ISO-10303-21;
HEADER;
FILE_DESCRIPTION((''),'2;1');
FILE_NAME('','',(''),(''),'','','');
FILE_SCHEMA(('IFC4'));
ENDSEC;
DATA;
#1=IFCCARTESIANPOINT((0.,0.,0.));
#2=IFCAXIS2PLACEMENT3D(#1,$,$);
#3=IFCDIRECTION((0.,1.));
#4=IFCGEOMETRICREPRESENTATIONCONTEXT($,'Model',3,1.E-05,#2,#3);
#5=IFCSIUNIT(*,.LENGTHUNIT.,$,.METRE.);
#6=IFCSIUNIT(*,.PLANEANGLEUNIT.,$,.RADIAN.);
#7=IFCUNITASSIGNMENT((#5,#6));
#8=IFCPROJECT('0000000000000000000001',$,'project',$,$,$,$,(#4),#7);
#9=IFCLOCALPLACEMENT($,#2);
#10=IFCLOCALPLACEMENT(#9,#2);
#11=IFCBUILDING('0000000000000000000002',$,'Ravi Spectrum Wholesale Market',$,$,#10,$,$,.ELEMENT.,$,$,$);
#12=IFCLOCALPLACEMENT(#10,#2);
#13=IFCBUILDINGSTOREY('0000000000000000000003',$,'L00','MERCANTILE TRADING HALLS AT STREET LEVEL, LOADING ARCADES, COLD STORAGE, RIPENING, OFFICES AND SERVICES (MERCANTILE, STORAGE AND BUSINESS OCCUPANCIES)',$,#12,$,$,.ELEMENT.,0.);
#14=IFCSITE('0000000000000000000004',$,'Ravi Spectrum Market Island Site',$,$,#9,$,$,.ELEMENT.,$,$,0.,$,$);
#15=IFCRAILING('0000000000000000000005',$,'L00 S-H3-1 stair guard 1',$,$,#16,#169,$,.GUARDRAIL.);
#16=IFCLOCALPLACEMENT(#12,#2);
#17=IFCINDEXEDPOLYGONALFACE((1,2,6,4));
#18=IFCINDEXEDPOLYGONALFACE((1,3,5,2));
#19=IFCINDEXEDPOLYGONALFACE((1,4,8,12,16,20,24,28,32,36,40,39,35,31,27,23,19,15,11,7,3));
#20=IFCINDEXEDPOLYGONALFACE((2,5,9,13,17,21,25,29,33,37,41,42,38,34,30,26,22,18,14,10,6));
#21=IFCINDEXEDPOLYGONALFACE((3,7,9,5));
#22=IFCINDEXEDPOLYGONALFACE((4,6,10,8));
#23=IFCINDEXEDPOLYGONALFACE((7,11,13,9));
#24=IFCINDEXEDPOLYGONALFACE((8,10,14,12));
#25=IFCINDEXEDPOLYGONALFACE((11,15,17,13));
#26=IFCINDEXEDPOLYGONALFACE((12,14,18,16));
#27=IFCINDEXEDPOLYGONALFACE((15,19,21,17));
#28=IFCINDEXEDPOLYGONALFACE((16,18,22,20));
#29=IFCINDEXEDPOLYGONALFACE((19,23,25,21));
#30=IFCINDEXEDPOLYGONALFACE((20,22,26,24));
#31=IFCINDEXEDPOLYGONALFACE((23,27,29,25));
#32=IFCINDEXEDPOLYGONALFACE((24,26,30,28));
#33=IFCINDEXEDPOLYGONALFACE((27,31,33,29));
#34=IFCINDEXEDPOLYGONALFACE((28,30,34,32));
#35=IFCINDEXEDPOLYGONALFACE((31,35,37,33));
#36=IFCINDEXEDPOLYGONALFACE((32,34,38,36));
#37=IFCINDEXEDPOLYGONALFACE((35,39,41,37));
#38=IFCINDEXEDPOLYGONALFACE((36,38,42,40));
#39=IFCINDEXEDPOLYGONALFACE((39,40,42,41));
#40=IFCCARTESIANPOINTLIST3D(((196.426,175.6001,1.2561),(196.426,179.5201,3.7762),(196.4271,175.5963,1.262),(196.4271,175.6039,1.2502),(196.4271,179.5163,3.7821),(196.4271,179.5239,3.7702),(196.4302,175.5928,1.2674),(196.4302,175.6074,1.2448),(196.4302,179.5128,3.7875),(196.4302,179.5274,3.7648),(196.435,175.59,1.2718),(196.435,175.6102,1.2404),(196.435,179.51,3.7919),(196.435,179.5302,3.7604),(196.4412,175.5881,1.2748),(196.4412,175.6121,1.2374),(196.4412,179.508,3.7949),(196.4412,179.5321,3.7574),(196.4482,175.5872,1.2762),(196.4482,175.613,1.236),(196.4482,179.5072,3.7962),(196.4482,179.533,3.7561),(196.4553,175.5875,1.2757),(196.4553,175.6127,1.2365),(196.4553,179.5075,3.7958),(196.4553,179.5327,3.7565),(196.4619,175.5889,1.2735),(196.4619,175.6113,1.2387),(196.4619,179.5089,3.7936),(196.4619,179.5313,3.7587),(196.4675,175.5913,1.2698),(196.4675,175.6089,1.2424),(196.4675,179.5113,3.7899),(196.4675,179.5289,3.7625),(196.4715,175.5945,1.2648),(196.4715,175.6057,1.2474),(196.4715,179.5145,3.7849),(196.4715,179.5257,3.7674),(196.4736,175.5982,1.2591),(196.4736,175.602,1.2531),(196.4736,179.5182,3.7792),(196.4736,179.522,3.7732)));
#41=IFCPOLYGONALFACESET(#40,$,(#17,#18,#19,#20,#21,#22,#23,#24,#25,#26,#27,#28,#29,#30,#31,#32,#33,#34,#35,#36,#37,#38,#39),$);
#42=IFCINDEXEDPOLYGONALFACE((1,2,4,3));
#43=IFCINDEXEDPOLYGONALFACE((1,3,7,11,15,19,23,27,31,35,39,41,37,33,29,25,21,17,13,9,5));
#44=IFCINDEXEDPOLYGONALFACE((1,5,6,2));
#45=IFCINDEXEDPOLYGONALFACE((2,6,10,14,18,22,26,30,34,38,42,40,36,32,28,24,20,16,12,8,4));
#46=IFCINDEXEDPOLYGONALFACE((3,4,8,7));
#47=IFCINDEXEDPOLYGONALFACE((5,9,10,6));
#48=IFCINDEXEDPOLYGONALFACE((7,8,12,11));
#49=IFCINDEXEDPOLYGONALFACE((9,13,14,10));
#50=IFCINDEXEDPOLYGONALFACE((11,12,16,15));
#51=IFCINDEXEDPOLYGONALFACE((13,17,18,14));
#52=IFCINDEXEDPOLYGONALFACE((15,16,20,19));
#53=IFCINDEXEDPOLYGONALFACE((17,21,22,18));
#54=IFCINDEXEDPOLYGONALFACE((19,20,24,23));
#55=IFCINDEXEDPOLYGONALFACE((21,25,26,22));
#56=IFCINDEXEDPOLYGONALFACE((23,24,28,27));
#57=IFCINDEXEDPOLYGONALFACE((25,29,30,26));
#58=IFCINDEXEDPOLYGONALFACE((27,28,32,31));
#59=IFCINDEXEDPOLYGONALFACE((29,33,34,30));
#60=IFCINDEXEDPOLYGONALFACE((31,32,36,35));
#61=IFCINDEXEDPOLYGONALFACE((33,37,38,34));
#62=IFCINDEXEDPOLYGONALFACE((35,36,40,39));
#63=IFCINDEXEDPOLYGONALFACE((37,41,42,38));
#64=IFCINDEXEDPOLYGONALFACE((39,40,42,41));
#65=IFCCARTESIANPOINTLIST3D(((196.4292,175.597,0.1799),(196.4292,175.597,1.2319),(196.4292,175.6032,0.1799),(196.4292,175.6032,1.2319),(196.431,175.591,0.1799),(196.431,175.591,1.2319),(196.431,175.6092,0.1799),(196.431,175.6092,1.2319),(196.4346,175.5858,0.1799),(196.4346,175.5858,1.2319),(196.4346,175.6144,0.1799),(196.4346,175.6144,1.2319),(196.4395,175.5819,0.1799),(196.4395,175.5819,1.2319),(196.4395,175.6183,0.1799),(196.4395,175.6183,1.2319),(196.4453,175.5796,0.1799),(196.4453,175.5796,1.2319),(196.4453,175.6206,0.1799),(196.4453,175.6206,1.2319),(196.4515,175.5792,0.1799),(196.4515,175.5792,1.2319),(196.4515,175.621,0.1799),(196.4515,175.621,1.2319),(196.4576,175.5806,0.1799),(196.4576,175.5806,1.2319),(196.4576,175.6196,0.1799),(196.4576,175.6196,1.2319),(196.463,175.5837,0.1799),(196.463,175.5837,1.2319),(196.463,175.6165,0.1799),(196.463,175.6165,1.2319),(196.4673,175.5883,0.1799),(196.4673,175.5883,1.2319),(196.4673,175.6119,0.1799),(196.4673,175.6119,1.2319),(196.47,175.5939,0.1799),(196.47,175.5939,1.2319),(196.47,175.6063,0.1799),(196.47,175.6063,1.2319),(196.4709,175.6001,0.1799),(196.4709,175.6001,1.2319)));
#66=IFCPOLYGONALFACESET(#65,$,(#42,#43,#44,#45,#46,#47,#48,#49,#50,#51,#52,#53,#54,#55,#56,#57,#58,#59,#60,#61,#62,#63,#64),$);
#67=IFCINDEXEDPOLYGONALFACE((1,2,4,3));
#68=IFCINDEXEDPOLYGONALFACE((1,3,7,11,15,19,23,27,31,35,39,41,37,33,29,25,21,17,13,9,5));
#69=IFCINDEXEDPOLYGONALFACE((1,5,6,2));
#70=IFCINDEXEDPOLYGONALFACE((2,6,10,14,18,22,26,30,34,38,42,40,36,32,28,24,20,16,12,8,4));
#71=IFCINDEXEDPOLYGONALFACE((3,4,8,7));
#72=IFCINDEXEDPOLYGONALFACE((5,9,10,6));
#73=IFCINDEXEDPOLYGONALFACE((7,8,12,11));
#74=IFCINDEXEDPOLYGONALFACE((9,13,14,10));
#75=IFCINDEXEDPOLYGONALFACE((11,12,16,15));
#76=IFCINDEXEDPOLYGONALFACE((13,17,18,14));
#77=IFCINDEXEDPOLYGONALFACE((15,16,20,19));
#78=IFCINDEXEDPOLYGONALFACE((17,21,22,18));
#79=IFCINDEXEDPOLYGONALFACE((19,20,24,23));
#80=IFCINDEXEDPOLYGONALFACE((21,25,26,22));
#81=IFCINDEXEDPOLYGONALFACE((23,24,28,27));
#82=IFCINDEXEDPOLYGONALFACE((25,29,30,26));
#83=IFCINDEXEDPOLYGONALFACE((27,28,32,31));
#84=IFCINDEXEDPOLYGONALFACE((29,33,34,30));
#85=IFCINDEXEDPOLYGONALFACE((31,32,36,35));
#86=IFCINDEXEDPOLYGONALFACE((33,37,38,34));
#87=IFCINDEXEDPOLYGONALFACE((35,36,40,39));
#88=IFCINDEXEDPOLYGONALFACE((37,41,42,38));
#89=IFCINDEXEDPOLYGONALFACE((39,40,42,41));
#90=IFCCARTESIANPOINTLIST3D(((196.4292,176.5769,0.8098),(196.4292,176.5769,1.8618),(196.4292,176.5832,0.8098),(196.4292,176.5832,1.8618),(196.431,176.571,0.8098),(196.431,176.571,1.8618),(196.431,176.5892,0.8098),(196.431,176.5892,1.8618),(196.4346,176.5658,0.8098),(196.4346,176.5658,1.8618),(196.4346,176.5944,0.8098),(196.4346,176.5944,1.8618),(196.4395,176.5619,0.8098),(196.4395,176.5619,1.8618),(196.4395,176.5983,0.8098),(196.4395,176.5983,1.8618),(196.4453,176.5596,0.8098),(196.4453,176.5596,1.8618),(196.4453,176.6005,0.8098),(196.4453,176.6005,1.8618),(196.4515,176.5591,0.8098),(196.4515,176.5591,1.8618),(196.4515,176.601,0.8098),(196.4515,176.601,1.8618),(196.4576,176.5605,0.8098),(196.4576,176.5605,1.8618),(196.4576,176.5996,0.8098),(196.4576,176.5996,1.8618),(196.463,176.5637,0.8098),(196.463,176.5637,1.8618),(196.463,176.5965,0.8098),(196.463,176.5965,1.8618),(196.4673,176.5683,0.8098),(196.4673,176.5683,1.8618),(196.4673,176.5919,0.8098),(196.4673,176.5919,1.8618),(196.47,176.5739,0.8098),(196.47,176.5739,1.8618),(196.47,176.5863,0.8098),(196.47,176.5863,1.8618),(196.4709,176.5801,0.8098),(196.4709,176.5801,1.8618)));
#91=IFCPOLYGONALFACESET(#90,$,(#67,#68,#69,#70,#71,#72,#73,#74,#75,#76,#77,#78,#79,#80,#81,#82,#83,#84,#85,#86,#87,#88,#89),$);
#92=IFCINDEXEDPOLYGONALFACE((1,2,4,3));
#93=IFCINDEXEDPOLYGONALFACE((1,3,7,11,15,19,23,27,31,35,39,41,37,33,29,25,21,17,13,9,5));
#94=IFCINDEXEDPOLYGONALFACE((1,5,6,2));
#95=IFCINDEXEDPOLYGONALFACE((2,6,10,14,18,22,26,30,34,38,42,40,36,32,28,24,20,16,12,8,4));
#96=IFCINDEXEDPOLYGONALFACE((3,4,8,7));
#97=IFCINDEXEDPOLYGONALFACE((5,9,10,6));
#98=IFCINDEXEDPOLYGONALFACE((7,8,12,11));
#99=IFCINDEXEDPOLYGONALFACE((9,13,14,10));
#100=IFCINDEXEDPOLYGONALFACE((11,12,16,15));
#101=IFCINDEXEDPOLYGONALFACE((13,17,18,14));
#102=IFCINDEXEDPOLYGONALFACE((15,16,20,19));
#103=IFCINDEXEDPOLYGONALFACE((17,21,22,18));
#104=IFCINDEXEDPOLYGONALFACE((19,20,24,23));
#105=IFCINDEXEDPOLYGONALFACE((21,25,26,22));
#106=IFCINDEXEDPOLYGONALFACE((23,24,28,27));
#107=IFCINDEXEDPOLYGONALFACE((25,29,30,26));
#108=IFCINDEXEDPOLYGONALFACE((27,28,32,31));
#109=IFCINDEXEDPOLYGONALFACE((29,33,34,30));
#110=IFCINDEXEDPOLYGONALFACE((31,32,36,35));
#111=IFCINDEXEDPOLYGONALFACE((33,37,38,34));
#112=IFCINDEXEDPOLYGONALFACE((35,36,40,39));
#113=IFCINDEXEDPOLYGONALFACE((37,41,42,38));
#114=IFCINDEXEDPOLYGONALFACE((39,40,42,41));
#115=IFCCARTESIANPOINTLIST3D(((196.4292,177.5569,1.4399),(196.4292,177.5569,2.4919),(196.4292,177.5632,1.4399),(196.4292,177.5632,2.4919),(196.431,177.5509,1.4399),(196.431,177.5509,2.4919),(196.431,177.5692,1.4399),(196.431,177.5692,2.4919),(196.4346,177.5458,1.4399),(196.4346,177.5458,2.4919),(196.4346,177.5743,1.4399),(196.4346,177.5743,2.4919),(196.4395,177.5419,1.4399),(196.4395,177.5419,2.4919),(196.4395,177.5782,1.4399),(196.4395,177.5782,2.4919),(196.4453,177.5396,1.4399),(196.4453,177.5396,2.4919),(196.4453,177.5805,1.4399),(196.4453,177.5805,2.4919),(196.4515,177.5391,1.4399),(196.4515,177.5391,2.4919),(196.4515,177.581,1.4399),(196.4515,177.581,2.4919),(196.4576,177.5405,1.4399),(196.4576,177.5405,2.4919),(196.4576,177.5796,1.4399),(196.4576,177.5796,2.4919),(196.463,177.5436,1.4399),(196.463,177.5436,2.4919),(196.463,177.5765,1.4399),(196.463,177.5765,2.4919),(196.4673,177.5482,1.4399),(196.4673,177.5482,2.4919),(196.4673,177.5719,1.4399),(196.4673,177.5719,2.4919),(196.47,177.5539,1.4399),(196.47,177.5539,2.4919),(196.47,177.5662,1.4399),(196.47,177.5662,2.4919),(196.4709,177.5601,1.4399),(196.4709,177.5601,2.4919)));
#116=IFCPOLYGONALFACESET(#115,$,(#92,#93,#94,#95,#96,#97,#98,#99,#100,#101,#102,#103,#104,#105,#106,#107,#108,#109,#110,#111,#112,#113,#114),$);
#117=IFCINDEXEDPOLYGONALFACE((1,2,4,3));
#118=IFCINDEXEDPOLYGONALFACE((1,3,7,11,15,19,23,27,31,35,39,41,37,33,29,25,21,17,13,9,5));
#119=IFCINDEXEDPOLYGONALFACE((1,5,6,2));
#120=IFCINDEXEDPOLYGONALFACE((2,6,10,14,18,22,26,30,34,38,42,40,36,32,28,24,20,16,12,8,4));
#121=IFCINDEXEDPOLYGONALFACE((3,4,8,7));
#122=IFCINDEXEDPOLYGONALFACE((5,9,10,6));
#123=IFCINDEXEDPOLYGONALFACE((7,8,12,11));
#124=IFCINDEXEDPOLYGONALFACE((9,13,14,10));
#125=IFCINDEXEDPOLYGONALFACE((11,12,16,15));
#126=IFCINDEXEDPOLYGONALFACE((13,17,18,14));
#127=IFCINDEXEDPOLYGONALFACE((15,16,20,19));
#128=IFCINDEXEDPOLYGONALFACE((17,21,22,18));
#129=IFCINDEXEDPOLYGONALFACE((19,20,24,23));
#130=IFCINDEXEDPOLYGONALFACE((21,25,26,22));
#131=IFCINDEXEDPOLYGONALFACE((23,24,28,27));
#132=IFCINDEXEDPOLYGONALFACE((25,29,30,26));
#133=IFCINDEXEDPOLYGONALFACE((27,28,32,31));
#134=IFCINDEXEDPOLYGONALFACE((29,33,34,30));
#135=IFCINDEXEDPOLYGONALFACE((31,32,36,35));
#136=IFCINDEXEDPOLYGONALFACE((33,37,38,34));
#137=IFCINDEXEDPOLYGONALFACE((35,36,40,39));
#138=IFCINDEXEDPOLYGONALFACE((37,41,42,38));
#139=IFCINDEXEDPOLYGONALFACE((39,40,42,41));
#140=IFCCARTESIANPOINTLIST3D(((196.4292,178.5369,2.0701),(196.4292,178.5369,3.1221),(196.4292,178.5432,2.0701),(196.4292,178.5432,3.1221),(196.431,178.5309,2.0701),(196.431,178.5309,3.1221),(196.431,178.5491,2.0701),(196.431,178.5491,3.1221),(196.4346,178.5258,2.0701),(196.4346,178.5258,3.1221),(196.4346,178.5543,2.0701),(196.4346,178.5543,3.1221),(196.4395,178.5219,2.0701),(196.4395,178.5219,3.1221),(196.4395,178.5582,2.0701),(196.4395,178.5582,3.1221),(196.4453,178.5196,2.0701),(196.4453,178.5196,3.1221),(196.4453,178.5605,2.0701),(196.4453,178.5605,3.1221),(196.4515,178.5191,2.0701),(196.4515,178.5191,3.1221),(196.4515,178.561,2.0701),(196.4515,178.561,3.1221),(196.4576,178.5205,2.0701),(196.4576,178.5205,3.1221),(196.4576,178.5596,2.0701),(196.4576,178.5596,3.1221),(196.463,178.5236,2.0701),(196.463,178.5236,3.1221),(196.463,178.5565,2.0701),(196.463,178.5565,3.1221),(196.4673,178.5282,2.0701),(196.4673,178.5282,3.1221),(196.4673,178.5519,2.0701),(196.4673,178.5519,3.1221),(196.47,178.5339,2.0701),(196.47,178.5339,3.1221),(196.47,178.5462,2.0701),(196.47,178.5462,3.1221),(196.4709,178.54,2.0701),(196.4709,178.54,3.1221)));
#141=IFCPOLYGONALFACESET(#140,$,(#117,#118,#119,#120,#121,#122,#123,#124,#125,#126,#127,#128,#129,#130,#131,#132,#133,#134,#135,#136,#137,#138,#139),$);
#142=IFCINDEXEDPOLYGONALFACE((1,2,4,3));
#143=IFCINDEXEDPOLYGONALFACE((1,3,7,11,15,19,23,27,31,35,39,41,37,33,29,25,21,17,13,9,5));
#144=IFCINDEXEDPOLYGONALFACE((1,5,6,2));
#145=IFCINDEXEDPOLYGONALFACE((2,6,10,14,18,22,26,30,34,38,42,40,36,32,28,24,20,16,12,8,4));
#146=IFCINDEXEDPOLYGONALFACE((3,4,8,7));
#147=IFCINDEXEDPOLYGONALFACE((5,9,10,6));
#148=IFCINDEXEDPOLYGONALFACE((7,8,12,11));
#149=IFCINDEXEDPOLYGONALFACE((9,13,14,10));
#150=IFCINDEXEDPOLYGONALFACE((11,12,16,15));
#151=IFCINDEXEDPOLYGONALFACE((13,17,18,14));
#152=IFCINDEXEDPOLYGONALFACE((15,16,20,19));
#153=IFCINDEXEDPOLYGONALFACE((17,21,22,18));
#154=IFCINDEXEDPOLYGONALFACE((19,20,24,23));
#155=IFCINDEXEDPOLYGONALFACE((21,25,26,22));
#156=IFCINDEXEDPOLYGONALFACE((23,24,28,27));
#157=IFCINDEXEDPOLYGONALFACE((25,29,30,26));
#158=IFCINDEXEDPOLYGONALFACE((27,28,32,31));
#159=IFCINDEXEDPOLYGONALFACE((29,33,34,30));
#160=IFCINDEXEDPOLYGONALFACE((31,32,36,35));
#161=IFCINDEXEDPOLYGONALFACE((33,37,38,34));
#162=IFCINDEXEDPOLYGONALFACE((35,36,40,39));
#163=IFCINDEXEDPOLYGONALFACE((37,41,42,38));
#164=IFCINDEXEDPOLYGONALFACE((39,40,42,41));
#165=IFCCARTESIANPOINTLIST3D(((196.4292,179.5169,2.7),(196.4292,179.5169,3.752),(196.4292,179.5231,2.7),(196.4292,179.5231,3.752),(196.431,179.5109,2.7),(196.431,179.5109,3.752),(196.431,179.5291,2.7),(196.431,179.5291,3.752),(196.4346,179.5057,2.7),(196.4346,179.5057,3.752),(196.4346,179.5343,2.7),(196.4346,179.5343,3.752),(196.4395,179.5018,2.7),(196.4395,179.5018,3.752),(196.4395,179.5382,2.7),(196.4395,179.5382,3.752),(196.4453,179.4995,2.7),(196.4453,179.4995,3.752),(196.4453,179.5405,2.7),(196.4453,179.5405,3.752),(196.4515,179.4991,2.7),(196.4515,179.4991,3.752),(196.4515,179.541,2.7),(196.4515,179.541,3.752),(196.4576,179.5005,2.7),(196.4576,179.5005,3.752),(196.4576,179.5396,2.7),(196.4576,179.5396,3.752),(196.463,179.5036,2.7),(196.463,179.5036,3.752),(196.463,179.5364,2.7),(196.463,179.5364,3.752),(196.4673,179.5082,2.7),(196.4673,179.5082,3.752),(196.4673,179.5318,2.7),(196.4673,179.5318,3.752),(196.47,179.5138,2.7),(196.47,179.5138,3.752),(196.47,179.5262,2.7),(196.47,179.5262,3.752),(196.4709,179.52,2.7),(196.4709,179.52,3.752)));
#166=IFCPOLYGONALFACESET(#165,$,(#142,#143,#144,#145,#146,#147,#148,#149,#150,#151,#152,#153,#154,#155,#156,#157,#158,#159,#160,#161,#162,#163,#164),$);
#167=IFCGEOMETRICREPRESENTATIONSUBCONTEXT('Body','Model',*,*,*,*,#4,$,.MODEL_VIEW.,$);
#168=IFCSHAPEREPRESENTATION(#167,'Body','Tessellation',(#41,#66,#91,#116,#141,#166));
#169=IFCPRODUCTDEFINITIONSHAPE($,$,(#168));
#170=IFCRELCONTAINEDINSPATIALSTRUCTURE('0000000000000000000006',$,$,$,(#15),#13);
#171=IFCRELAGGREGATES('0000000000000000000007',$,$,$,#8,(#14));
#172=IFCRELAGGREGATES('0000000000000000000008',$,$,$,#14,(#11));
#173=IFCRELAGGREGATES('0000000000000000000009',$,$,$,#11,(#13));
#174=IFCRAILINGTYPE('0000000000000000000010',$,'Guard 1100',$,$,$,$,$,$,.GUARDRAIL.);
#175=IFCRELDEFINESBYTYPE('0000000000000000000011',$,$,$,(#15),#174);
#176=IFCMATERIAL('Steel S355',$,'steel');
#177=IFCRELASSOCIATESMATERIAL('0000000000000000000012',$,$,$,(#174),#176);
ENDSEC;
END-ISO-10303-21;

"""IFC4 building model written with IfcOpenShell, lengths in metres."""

from ifc_helpers import new_model, si_unit, direction, frame, origin, origin_2d, place, context, subcontext, project, spatial, circle, extrude, material, type_object, element, save


model = new_model("IFC4")

# Units and contexts
model_context = context("Model", 3, precision=1e-05, world=origin(), true_north=direction((0.0, 1.0)))
body_context = subcontext(model_context, "Body", "Model", "MODEL_VIEW")
ifc_project = project(units=[si_unit("LENGTHUNIT", "METRE"), si_unit("PLANEANGLEUNIT", "RADIAN")], contexts=[model_context])

# Site, building, storey
site_placement = place(None, origin())
site = spatial("IfcSite", under=ifc_project, at=site_placement, Name="Ravi Spectrum Market Island Site", CompositionType="ELEMENT", RefElevation=0.0)
building_placement = place(site_placement, origin())
building = spatial("IfcBuilding", under=site, at=building_placement, Name="Ravi Spectrum Wholesale Market", CompositionType="ELEMENT")
storey_placement = place(building_placement, origin())
storey = spatial("IfcBuildingStorey", under=building, at=storey_placement, Name="L00", Description="MERCANTILE TRADING HALLS AT STREET LEVEL, LOADING ARCADES, COLD STORAGE, RIPENING, OFFICES AND SERVICES (MERCANTILE, STORAGE AND BUSINESS OCCUPANCIES)", CompositionType="ELEMENT", Elevation=0.0)

# Railing
ifc_material_1 = material(Name="Steel S355", Category="steel")
railing_type_1 = type_object("IfcRailingType", Name="Guard 1100", PredefinedType="GUARDRAIL", material=ifc_material_1)
railing_1_placement = place(storey_placement, frame((196.45, 175.6001, 0.1799)))
element("IfcRailing", 1, at=railing_1_placement, inside=storey, type_object=railing_type_1, Name="L00 S-H3-1 stair guard 1", PredefinedType="GUARDRAIL", context=body_context, shape_type="SweptSolid", body=[
    extrude(circle(Radius=0.0239, at=origin_2d()), frame((0.0, 0.0, 1.0762), z_axis=(0.0, 0.841172, 0.540768), x_axis=(-1.0, 0.0, 0.0)), (0.0, 0.0, 1.0), 4.6602),
    extrude(circle(Radius=0.021, at=origin_2d()), origin(), (0.0, 0.0, 1.0), 1.052),
    extrude(circle(Radius=0.021, at=origin_2d()), frame((0.0, 0.98, 0.6299)), (0.0, 0.0, 1.0), 1.052),
    extrude(circle(Radius=0.021, at=origin_2d()), frame((0.0, 1.96, 1.26)), (0.0, 0.0, 1.0), 1.052),
    extrude(circle(Radius=0.021, at=origin_2d()), frame((0.0, 2.9399, 1.8901)), (0.0, 0.0, 1.0), 1.052),
    extrude(circle(Radius=0.021, at=origin_2d()), frame((0.0, 3.9199, 2.52)), (0.0, 0.0, 1.0), 1.052),
])

save(model, "model.ifc")
